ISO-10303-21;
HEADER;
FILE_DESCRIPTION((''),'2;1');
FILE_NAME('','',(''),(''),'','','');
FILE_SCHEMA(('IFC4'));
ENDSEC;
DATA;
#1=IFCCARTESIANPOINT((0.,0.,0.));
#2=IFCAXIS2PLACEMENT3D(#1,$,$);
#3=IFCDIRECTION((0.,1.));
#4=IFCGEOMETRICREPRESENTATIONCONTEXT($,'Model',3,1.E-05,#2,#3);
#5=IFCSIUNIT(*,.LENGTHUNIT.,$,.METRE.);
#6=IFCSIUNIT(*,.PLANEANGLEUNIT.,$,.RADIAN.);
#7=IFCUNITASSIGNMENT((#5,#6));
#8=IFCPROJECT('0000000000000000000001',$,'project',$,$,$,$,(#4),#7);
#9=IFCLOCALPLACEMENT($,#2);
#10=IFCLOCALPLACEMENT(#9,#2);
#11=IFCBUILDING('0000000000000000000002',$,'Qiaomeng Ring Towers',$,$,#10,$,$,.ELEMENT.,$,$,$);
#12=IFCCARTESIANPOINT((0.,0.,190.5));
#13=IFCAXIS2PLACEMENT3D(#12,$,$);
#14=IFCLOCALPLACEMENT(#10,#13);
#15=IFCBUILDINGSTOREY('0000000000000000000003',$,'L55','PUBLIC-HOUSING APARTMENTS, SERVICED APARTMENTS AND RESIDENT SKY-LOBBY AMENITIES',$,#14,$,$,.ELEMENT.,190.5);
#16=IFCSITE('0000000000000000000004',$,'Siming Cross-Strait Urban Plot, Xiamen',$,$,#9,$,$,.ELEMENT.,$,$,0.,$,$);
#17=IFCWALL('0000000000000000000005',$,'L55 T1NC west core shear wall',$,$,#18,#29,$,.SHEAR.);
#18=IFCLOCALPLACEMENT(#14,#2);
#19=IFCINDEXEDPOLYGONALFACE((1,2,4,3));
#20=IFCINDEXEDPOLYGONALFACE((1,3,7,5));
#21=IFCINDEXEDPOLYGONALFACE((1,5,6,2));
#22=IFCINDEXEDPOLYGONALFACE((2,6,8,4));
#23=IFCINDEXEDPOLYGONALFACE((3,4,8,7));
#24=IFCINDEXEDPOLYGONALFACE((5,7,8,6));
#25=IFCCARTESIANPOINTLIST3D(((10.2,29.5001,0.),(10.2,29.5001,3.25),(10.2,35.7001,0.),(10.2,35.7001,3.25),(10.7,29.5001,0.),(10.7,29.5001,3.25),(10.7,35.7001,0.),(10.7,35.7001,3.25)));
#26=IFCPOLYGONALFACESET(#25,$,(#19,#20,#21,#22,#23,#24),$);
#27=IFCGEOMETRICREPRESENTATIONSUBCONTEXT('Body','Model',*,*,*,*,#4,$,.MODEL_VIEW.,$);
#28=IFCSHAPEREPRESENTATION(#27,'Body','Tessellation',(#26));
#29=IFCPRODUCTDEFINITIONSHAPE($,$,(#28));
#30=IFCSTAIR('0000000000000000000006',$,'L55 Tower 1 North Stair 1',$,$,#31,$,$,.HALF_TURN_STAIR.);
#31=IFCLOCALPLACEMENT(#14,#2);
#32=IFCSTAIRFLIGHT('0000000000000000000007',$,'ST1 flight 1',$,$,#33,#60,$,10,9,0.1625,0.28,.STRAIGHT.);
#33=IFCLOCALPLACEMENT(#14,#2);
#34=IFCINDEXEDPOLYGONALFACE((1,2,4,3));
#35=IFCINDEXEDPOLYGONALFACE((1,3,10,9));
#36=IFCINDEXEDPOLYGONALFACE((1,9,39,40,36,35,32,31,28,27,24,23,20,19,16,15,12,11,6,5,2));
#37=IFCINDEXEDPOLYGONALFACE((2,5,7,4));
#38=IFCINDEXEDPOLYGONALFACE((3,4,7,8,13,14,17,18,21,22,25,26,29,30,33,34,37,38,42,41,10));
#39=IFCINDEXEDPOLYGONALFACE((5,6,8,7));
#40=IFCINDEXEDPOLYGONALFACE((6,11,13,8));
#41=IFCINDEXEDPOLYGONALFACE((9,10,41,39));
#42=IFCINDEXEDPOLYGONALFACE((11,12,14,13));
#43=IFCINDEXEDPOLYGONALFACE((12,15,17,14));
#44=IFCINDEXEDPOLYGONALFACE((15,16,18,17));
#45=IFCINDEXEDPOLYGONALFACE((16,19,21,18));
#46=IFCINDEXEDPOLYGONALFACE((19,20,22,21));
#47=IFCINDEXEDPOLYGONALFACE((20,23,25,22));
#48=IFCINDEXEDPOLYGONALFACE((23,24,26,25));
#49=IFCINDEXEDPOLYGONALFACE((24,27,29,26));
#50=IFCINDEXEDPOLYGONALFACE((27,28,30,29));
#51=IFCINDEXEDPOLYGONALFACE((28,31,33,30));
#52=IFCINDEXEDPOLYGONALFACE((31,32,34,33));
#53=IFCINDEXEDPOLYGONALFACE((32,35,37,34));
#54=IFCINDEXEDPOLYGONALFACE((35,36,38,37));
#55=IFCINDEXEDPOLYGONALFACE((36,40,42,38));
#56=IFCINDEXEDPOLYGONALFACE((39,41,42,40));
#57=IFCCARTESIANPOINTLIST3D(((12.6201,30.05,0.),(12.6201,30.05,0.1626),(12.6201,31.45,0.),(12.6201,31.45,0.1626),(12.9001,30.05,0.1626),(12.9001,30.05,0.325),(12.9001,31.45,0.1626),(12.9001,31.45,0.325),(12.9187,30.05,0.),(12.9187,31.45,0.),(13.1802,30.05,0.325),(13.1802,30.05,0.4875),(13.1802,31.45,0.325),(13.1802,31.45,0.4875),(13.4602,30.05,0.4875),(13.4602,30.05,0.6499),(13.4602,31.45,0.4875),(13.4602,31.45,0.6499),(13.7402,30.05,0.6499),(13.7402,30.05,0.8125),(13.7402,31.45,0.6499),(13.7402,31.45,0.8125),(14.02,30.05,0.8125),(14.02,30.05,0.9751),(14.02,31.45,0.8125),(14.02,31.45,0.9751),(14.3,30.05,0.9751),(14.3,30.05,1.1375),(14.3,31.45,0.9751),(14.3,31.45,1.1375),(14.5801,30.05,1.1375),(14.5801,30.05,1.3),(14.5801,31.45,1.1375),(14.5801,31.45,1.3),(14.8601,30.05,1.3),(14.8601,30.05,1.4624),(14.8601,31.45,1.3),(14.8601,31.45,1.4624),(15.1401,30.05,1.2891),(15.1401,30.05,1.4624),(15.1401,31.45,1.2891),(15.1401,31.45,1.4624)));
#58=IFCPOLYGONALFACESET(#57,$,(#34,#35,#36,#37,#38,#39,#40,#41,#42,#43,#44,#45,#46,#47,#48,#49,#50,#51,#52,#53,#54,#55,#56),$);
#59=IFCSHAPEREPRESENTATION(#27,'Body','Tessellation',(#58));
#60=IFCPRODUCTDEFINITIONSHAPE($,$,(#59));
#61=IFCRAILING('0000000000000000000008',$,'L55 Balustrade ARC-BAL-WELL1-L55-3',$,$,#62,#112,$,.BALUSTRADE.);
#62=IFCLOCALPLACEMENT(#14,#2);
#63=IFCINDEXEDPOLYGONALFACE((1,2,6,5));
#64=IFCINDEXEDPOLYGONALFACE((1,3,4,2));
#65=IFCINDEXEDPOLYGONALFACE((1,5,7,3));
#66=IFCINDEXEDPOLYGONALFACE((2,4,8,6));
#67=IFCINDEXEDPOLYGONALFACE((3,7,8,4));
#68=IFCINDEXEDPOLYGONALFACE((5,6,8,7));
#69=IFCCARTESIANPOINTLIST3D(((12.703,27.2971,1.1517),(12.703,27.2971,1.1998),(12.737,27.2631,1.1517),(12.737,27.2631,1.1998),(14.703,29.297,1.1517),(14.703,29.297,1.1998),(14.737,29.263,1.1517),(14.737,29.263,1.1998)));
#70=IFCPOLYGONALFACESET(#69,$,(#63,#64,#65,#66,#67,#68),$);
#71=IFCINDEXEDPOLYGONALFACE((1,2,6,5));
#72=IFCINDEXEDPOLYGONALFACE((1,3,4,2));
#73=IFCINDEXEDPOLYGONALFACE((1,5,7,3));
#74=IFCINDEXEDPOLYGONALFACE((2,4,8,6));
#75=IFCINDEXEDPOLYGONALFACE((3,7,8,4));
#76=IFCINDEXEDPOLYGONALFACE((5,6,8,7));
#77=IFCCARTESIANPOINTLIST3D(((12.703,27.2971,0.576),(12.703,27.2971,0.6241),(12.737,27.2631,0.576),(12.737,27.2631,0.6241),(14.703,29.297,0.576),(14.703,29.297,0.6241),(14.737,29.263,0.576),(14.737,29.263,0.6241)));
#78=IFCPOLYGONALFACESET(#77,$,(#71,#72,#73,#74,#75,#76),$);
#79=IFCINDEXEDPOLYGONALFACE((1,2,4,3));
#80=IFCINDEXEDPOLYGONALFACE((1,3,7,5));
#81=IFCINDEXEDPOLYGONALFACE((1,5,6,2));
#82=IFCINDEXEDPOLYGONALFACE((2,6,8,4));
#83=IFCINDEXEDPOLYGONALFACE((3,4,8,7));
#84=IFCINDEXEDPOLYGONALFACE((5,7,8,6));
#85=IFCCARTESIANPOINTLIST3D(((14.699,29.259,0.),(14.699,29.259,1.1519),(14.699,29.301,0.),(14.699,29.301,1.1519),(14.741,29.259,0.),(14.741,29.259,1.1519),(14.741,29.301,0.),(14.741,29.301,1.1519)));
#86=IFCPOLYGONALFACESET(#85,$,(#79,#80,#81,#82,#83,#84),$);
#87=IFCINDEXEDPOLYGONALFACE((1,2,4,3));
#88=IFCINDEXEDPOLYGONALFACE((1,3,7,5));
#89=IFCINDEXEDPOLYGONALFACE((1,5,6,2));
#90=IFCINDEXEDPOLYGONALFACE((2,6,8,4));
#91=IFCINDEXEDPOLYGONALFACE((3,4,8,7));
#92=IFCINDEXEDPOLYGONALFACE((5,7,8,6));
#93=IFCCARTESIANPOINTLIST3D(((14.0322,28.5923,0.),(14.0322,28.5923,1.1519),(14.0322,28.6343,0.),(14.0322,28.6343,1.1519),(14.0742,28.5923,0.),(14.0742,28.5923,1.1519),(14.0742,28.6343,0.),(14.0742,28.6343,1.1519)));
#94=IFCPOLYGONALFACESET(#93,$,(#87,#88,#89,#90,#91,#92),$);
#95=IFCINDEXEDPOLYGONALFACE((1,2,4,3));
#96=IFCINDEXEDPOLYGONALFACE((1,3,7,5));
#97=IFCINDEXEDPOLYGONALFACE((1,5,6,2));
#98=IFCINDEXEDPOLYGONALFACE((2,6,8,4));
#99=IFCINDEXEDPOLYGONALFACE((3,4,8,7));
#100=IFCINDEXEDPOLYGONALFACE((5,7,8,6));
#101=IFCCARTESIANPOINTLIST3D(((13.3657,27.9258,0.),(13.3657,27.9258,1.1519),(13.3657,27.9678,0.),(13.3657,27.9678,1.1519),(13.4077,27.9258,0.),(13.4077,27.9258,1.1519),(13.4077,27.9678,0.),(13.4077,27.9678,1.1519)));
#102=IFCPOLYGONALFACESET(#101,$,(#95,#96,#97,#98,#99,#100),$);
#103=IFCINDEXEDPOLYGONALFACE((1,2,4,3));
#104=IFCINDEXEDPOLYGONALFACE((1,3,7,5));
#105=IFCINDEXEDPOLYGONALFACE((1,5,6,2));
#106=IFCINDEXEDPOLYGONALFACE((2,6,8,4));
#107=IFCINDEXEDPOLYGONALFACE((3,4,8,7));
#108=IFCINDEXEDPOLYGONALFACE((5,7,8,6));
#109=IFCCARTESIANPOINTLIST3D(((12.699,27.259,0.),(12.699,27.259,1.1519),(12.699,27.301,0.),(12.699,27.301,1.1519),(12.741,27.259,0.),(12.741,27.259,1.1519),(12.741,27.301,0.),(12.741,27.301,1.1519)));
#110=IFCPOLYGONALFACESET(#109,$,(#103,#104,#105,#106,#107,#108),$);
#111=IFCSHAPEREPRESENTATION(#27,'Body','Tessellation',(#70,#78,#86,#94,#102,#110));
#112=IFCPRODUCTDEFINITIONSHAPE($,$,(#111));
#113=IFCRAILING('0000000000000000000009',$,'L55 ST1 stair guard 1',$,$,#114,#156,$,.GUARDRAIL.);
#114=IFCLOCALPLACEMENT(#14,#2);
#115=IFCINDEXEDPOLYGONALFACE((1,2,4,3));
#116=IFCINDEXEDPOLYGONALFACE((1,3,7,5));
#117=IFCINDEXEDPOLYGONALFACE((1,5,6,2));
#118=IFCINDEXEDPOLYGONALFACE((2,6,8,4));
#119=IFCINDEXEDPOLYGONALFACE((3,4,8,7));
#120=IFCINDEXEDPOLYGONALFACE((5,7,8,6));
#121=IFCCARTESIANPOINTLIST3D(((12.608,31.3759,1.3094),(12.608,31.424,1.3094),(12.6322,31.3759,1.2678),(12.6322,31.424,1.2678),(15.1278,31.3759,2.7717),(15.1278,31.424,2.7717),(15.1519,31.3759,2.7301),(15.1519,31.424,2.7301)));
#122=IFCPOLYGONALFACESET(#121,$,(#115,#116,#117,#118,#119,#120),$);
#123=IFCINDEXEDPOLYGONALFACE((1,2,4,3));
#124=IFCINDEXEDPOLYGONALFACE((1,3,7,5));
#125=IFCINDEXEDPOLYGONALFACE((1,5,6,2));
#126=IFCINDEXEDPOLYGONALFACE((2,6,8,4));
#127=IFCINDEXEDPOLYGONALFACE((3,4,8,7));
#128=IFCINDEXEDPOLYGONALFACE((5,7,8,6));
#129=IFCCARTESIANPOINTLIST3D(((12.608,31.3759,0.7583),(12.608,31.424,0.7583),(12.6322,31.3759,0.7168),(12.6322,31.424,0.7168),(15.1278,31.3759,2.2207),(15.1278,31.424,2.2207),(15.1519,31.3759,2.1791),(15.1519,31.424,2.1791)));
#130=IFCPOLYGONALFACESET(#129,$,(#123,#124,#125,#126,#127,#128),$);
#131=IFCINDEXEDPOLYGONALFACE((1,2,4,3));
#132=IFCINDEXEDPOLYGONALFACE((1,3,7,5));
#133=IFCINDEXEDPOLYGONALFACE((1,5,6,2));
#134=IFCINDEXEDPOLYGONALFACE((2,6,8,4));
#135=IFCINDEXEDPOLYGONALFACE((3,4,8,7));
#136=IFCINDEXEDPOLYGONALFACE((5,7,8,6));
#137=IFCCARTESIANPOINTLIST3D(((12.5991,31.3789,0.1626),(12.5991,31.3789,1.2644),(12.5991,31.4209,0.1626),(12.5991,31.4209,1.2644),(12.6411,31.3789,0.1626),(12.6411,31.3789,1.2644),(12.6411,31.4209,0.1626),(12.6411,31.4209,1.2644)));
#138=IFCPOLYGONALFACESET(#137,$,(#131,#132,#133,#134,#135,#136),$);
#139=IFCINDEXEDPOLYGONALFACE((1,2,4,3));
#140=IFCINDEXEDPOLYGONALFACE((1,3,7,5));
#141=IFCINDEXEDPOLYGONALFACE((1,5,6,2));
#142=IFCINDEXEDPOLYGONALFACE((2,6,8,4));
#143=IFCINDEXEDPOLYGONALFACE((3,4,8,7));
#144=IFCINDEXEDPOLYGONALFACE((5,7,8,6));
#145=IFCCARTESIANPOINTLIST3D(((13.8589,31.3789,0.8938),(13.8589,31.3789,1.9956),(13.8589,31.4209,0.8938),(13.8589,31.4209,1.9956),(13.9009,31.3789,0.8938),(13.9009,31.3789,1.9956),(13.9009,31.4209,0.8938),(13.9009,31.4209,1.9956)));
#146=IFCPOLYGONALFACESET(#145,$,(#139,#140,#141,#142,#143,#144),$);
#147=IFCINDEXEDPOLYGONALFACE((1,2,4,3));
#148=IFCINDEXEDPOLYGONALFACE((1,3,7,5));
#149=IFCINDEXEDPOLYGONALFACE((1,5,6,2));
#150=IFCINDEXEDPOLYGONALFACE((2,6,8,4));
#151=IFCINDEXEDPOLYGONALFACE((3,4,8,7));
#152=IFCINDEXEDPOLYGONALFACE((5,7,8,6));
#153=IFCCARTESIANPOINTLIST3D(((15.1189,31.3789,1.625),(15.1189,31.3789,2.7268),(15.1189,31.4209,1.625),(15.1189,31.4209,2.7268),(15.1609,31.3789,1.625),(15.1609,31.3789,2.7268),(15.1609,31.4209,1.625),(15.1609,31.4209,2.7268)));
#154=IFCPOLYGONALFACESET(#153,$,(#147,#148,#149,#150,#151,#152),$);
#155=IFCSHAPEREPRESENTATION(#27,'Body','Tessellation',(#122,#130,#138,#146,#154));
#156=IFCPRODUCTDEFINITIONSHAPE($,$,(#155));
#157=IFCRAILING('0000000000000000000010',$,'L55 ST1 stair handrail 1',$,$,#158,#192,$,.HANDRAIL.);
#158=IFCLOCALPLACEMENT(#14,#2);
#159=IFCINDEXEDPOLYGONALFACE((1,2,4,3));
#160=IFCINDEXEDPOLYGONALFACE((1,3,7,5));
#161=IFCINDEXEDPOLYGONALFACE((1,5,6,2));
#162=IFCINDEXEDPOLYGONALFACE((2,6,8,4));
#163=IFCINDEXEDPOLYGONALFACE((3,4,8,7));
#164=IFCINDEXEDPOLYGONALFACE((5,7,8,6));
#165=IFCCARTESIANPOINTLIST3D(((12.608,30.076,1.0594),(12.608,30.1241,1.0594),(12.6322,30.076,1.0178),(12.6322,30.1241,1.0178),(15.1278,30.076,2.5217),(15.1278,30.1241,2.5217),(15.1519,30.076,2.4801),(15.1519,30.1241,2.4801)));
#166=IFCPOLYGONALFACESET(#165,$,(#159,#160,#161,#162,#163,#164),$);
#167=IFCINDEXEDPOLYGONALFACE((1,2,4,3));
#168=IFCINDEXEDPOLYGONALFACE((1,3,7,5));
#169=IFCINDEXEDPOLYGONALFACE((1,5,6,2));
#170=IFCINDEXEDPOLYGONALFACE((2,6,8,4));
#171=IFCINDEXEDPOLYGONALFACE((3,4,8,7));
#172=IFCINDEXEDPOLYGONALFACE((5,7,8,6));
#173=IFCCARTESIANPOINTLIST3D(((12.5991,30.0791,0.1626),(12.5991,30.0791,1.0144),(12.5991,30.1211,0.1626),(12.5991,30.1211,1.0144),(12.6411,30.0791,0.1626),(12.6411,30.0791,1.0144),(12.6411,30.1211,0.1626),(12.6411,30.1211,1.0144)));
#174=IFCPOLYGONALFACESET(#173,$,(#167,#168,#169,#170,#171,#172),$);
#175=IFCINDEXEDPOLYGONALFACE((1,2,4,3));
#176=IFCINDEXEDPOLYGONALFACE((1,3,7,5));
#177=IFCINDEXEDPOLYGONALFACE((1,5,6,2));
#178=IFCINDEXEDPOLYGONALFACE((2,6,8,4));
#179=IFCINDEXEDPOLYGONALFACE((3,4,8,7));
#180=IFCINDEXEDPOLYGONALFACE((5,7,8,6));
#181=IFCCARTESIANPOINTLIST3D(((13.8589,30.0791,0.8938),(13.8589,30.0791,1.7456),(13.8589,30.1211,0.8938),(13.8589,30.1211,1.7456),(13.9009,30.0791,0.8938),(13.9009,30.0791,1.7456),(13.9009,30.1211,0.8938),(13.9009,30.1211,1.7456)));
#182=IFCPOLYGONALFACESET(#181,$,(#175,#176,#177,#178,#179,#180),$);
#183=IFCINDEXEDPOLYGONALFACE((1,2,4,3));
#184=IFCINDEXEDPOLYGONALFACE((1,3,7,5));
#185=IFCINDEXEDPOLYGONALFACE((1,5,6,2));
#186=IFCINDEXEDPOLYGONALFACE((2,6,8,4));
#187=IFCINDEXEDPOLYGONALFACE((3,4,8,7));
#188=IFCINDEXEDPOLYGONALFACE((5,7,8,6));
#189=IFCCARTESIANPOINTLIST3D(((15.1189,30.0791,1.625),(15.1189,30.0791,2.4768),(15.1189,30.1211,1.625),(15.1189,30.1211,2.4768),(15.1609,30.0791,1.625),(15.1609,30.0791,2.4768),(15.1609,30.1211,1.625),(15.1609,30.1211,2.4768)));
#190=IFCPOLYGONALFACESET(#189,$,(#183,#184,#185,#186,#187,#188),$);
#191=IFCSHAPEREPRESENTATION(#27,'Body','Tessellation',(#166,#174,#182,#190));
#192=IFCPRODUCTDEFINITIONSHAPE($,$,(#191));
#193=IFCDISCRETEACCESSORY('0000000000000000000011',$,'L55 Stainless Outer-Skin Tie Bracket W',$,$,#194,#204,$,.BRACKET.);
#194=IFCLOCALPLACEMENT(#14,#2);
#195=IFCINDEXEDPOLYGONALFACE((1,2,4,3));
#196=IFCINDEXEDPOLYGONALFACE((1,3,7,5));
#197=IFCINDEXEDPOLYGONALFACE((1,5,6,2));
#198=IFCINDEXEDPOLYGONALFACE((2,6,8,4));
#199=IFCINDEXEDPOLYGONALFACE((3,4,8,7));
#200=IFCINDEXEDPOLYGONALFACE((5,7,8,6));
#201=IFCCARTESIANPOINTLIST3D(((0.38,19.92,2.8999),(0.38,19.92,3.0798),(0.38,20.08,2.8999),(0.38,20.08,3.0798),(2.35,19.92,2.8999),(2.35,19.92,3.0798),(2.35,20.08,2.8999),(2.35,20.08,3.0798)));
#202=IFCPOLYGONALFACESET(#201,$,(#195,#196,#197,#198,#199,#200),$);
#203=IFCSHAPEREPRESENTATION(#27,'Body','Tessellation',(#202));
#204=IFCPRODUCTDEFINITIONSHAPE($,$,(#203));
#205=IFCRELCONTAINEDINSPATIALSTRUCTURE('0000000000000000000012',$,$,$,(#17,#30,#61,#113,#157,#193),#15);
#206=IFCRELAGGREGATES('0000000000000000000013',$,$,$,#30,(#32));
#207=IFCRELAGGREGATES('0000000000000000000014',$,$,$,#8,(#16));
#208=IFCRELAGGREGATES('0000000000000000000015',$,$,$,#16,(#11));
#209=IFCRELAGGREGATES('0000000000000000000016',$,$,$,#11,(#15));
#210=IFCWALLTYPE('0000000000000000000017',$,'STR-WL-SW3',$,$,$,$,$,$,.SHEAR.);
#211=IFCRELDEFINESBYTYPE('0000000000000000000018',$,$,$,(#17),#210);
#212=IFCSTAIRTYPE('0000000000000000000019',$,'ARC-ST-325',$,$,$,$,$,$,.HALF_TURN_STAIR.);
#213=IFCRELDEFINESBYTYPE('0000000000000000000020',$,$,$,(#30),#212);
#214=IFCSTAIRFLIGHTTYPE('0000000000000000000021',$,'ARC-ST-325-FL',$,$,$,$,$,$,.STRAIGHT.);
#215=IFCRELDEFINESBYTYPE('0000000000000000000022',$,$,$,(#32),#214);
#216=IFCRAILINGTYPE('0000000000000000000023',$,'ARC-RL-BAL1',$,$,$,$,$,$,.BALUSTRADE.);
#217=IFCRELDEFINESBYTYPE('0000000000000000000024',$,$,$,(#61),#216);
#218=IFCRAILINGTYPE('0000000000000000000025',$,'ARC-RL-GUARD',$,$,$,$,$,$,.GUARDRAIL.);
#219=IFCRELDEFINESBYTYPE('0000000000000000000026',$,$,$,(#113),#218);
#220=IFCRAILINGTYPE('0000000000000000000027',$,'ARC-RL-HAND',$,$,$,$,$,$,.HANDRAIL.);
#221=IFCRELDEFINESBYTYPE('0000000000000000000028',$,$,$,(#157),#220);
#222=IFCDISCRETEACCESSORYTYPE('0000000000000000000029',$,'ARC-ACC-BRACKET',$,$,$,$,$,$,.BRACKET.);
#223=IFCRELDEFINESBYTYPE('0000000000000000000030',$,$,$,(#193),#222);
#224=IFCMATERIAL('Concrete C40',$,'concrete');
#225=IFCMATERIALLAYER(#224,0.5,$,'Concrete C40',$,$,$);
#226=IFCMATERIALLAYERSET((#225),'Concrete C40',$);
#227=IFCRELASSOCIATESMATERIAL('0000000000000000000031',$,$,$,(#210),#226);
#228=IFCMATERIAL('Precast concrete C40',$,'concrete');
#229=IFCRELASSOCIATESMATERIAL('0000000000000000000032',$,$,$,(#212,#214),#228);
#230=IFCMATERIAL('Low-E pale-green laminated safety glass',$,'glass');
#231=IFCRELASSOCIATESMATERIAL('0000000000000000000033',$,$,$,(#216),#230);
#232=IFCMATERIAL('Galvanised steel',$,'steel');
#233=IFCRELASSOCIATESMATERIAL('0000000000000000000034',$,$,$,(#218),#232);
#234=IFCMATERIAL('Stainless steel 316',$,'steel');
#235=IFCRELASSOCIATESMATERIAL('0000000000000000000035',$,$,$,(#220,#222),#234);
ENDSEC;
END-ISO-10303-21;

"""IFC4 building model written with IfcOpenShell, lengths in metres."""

from ifc_helpers import new_model, si_unit, direction, frame, frame_2d, origin, origin_2d, place, context, subcontext, project, spatial, polyline, rectangle, outline, extrude, source, transform, mapped, material, layer, layer_set, type_object, element, aggregate, save


model = new_model("IFC4")

# Units and contexts
model_context = context("Model", 3, precision=1e-05, world=origin(), true_north=direction((0.0, 1.0)))
body_context = subcontext(model_context, "Body", "Model", "MODEL_VIEW")
ifc_project = project(units=[si_unit("LENGTHUNIT", "METRE"), si_unit("PLANEANGLEUNIT", "RADIAN")], contexts=[model_context])

# Site, building, storey
site_placement = place(None, origin())
site = spatial("IfcSite", under=ifc_project, at=site_placement, Name="Siming Cross-Strait Urban Plot, Xiamen", CompositionType="ELEMENT", RefElevation=0.0)
building_placement = place(site_placement, origin())
building = spatial("IfcBuilding", under=site, at=building_placement, Name="Qiaomeng Ring Towers", CompositionType="ELEMENT")
storey_placement = place(building_placement, frame((0.0, 0.0, 190.5)))
storey = spatial("IfcBuildingStorey", under=building, at=storey_placement, Name="L55", Description="PUBLIC-HOUSING APARTMENTS, SERVICED APARTMENTS AND RESIDENT SKY-LOBBY AMENITIES", CompositionType="ELEMENT", Elevation=190.5)

# Shared definitions
ifc_material_1 = material(Name="Concrete C40", Category="concrete")

# Shared definitions
ifc_material_2 = material(Name="Stainless steel 316", Category="steel")

# Wall
ifc_layer_1 = layer(ifc_material_1, 0.5, Name="Concrete C40")
ifc_layer_set_1 = layer_set([ifc_layer_1], Name="Concrete C40")
wall_type_1 = type_object("IfcWallType", Name="STR-WL-SW3", PredefinedType="SHEAR", material=ifc_layer_set_1)
wall_1_placement = place(storey_placement, frame((10.45, 29.5, 0.0), z_axis=(0.0, 0.0, 1.0), x_axis=(0.0, 1.0, 0.0)))
element("IfcWall", 1, at=wall_1_placement, inside=storey, type_object=wall_type_1, Name="L55 T1NC west core shear wall", PredefinedType="SHEAR", context=body_context, shape_type="SweptSolid", body=[
    extrude(rectangle(XDim=6.2, YDim=0.5, at=frame_2d((3.1001, 0.0))), origin(), (0.0, 0.0, 1.0), 3.25),
])

# Stair, stair flight
ifc_material_3 = material(Name="Precast concrete C40", Category="concrete")
stair_type = type_object("IfcStairType", Name="ARC-ST-325", PredefinedType="HALF_TURN_STAIR", material=ifc_material_3)
stair_placement = place(storey_placement, origin())
stair = element("IfcStair", 2, at=stair_placement, inside=storey, type_object=stair_type, Name="L55 Tower 1 North Stair 1", PredefinedType="HALF_TURN_STAIR")
stair_flight_type = type_object("IfcStairFlightType", Name="ARC-ST-325-FL", PredefinedType="STRAIGHT", material=ifc_material_3)
shared_shape_1 = source(origin(), body_context, "Body", "SweptSolid", [
    extrude(outline(polyline([(0.0, 0.0), (0.0, 0.1626), (0.28, 0.1626), (0.28, 0.325), (0.5601, 0.325), (0.5601, 0.4875), (0.8401, 0.4875), (0.8401, 0.6499), (1.1201, 0.6499), (1.1201, 0.8125), (1.3999, 0.8125), (1.3999, 0.9751), (1.6799, 0.9751), (1.6799, 1.1375), (1.96, 1.1375), (1.96, 1.3), (2.24, 1.3), (2.24, 1.4624), (2.52, 1.4624), (2.52, 1.625), (2.52, 1.2891), (0.2986, 0.0), (0.0, 0.0)])), frame((0.0, 0.7, 0.0), z_axis=(0.0, -1.0, 0.0), x_axis=(1.0, 0.0, 0.0)), (0.0, 0.0, 1.0), 1.3999),
])
stair_flight_placement = place(storey_placement, frame((12.6201, 30.75, 0.0), z_axis=(0.0, 0.0, 1.0), x_axis=(1.0, 0.0, 0.0)))
stair_flight = element("IfcStairFlight", 3, at=stair_flight_placement, type_object=stair_flight_type, Name="ST1 flight 1", NumberOfRisers=10, NumberOfTreads=9, PredefinedType="STRAIGHT", RiserHeight=0.1625, TreadLength=0.28, context=body_context, shape_type="MappedRepresentation", body=[
    mapped(shared_shape_1, transform((0.0, 0.0, 0.0), x_axis=(1.0, 0.0, 0.0), y_axis=(0.0, 1.0, 0.0), z_axis=(0.0, 0.0, 1.0), scale=1.0)),
])
aggregate(stair, [stair_flight])

# Railings
ifc_material_4 = material(Name="Low-E pale-green laminated safety glass", Category="glass")
railing_type_1 = type_object("IfcRailingType", Name="ARC-RL-BAL1", PredefinedType="BALUSTRADE", material=ifc_material_4)
railing_1_placement = place(storey_placement, frame((14.72, 29.28, 0.0)))
element("IfcRailing", 4, at=railing_1_placement, inside=storey, type_object=railing_type_1, Name="L55 Balustrade ARC-BAL-WELL1-L55-3", PredefinedType="BALUSTRADE", context=body_context, shape_type="SweptSolid", body=[
    extrude(rectangle(XDim=0.0481, YDim=0.0481, at=origin_2d()), frame((0.0, 0.0, 1.1758), z_axis=(-0.707107, -0.707107, 0.0), x_axis=(0.707107, -0.707107, 0.0)), (0.0, 0.0, 1.0), 2.8284),
    extrude(rectangle(XDim=0.0481, YDim=0.0481, at=origin_2d()), frame((0.0, 0.0, 0.6001), z_axis=(-0.707107, -0.707107, 0.0), x_axis=(0.707107, -0.707107, 0.0)), (0.0, 0.0, 1.0), 2.8284),
    extrude(rectangle(XDim=0.042, YDim=0.042, at=origin_2d()), origin(), (0.0, 0.0, 1.0), 1.1519),
    extrude(rectangle(XDim=0.042, YDim=0.042, at=origin_2d()), frame((-0.6667, -0.6667, 0.0)), (0.0, 0.0, 1.0), 1.1519),
    extrude(rectangle(XDim=0.042, YDim=0.042, at=origin_2d()), frame((-1.3333, -1.3333, 0.0)), (0.0, 0.0, 1.0), 1.1519),
    extrude(rectangle(XDim=0.042, YDim=0.042, at=origin_2d()), frame((-2.0, -2.0, 0.0)), (0.0, 0.0, 1.0), 1.1519),
])
ifc_material_5 = material(Name="Galvanised steel", Category="steel")
railing_type_2 = type_object("IfcRailingType", Name="ARC-RL-GUARD", PredefinedType="GUARDRAIL", material=ifc_material_5)
railing_2_placement = place(storey_placement, frame((12.6201, 31.3999, 0.1626)))
element("IfcRailing", 5, at=railing_2_placement, inside=storey, type_object=railing_type_2, Name="L55 ST1 stair guard 1", PredefinedType="GUARDRAIL", context=body_context, shape_type="SweptSolid", body=[
    extrude(rectangle(XDim=0.0481, YDim=0.0481, at=origin_2d()), frame((0.0, 0.0, 1.126), z_axis=(0.864892, 0.0, 0.501958), x_axis=(0.0, 1.0, 0.0)), (0.0, 0.0, 1.0), 2.9133),
    extrude(rectangle(XDim=0.0481, YDim=0.0481, at=origin_2d()), frame((0.0, 0.0, 0.575), z_axis=(0.864892, 0.0, 0.501958), x_axis=(0.0, 1.0, 0.0)), (0.0, 0.0, 1.0), 2.9133),
    extrude(rectangle(XDim=0.042, YDim=0.042, at=origin_2d()), origin(), (0.0, 0.0, 1.0), 1.1018),
    extrude(rectangle(XDim=0.042, YDim=0.042, at=origin_2d()), frame((1.2598, 0.0, 0.7312)), (0.0, 0.0, 1.0), 1.1018),
    extrude(rectangle(XDim=0.042, YDim=0.042, at=origin_2d()), frame((2.5198, 0.0, 1.4624)), (0.0, 0.0, 1.0), 1.1018),
])
railing_type_3 = type_object("IfcRailingType", Name="ARC-RL-HAND", PredefinedType="HANDRAIL", material=ifc_material_2)
railing_3_placement = place(storey_placement, frame((12.6201, 30.1001, 0.1626)))
element("IfcRailing", 6, at=railing_3_placement, inside=storey, type_object=railing_type_3, Name="L55 ST1 stair handrail 1", PredefinedType="HANDRAIL", context=body_context, shape_type="SweptSolid", body=[
    extrude(rectangle(XDim=0.0481, YDim=0.0481, at=origin_2d()), frame((0.0, 0.0, 0.876), z_axis=(0.864892, 0.0, 0.501958), x_axis=(0.0, 1.0, 0.0)), (0.0, 0.0, 1.0), 2.9133),
    extrude(rectangle(XDim=0.042, YDim=0.042, at=origin_2d()), origin(), (0.0, 0.0, 1.0), 0.8518),
    extrude(rectangle(XDim=0.042, YDim=0.042, at=origin_2d()), frame((1.2598, 0.0, 0.7312)), (0.0, 0.0, 1.0), 0.8518),
    extrude(rectangle(XDim=0.042, YDim=0.042, at=origin_2d()), frame((2.5198, 0.0, 1.4624)), (0.0, 0.0, 1.0), 0.8518),
])

# Discrete accessory
discrete_accessory_type = type_object("IfcDiscreteAccessoryType", Name="ARC-ACC-BRACKET", PredefinedType="BRACKET", material=ifc_material_2)
shared_shape_2 = source(origin(), body_context, "Body", "SweptSolid", [
    extrude(rectangle(XDim=1.97, YDim=0.1599, at=origin_2d()), origin(), (0.0, 0.0, 1.0), 0.1799),
])
discrete_accessory_placement = place(storey_placement, frame((1.365, 20.0, 2.8999), z_axis=(0.0, 0.0, 1.0), x_axis=(1.0, 0.0, 0.0)))
element("IfcDiscreteAccessory", 7, at=discrete_accessory_placement, inside=storey, type_object=discrete_accessory_type, Name="L55 Stainless Outer-Skin Tie Bracket W", PredefinedType="BRACKET", context=body_context, shape_type="MappedRepresentation", body=[
    mapped(shared_shape_2, transform((0.0, 0.0, 0.0), x_axis=(1.0, 0.0, 0.0), y_axis=(0.0, 1.0, 0.0), z_axis=(0.0, 0.0, 1.0), scale=1.0)),
])

save(model, "model.ifc")
